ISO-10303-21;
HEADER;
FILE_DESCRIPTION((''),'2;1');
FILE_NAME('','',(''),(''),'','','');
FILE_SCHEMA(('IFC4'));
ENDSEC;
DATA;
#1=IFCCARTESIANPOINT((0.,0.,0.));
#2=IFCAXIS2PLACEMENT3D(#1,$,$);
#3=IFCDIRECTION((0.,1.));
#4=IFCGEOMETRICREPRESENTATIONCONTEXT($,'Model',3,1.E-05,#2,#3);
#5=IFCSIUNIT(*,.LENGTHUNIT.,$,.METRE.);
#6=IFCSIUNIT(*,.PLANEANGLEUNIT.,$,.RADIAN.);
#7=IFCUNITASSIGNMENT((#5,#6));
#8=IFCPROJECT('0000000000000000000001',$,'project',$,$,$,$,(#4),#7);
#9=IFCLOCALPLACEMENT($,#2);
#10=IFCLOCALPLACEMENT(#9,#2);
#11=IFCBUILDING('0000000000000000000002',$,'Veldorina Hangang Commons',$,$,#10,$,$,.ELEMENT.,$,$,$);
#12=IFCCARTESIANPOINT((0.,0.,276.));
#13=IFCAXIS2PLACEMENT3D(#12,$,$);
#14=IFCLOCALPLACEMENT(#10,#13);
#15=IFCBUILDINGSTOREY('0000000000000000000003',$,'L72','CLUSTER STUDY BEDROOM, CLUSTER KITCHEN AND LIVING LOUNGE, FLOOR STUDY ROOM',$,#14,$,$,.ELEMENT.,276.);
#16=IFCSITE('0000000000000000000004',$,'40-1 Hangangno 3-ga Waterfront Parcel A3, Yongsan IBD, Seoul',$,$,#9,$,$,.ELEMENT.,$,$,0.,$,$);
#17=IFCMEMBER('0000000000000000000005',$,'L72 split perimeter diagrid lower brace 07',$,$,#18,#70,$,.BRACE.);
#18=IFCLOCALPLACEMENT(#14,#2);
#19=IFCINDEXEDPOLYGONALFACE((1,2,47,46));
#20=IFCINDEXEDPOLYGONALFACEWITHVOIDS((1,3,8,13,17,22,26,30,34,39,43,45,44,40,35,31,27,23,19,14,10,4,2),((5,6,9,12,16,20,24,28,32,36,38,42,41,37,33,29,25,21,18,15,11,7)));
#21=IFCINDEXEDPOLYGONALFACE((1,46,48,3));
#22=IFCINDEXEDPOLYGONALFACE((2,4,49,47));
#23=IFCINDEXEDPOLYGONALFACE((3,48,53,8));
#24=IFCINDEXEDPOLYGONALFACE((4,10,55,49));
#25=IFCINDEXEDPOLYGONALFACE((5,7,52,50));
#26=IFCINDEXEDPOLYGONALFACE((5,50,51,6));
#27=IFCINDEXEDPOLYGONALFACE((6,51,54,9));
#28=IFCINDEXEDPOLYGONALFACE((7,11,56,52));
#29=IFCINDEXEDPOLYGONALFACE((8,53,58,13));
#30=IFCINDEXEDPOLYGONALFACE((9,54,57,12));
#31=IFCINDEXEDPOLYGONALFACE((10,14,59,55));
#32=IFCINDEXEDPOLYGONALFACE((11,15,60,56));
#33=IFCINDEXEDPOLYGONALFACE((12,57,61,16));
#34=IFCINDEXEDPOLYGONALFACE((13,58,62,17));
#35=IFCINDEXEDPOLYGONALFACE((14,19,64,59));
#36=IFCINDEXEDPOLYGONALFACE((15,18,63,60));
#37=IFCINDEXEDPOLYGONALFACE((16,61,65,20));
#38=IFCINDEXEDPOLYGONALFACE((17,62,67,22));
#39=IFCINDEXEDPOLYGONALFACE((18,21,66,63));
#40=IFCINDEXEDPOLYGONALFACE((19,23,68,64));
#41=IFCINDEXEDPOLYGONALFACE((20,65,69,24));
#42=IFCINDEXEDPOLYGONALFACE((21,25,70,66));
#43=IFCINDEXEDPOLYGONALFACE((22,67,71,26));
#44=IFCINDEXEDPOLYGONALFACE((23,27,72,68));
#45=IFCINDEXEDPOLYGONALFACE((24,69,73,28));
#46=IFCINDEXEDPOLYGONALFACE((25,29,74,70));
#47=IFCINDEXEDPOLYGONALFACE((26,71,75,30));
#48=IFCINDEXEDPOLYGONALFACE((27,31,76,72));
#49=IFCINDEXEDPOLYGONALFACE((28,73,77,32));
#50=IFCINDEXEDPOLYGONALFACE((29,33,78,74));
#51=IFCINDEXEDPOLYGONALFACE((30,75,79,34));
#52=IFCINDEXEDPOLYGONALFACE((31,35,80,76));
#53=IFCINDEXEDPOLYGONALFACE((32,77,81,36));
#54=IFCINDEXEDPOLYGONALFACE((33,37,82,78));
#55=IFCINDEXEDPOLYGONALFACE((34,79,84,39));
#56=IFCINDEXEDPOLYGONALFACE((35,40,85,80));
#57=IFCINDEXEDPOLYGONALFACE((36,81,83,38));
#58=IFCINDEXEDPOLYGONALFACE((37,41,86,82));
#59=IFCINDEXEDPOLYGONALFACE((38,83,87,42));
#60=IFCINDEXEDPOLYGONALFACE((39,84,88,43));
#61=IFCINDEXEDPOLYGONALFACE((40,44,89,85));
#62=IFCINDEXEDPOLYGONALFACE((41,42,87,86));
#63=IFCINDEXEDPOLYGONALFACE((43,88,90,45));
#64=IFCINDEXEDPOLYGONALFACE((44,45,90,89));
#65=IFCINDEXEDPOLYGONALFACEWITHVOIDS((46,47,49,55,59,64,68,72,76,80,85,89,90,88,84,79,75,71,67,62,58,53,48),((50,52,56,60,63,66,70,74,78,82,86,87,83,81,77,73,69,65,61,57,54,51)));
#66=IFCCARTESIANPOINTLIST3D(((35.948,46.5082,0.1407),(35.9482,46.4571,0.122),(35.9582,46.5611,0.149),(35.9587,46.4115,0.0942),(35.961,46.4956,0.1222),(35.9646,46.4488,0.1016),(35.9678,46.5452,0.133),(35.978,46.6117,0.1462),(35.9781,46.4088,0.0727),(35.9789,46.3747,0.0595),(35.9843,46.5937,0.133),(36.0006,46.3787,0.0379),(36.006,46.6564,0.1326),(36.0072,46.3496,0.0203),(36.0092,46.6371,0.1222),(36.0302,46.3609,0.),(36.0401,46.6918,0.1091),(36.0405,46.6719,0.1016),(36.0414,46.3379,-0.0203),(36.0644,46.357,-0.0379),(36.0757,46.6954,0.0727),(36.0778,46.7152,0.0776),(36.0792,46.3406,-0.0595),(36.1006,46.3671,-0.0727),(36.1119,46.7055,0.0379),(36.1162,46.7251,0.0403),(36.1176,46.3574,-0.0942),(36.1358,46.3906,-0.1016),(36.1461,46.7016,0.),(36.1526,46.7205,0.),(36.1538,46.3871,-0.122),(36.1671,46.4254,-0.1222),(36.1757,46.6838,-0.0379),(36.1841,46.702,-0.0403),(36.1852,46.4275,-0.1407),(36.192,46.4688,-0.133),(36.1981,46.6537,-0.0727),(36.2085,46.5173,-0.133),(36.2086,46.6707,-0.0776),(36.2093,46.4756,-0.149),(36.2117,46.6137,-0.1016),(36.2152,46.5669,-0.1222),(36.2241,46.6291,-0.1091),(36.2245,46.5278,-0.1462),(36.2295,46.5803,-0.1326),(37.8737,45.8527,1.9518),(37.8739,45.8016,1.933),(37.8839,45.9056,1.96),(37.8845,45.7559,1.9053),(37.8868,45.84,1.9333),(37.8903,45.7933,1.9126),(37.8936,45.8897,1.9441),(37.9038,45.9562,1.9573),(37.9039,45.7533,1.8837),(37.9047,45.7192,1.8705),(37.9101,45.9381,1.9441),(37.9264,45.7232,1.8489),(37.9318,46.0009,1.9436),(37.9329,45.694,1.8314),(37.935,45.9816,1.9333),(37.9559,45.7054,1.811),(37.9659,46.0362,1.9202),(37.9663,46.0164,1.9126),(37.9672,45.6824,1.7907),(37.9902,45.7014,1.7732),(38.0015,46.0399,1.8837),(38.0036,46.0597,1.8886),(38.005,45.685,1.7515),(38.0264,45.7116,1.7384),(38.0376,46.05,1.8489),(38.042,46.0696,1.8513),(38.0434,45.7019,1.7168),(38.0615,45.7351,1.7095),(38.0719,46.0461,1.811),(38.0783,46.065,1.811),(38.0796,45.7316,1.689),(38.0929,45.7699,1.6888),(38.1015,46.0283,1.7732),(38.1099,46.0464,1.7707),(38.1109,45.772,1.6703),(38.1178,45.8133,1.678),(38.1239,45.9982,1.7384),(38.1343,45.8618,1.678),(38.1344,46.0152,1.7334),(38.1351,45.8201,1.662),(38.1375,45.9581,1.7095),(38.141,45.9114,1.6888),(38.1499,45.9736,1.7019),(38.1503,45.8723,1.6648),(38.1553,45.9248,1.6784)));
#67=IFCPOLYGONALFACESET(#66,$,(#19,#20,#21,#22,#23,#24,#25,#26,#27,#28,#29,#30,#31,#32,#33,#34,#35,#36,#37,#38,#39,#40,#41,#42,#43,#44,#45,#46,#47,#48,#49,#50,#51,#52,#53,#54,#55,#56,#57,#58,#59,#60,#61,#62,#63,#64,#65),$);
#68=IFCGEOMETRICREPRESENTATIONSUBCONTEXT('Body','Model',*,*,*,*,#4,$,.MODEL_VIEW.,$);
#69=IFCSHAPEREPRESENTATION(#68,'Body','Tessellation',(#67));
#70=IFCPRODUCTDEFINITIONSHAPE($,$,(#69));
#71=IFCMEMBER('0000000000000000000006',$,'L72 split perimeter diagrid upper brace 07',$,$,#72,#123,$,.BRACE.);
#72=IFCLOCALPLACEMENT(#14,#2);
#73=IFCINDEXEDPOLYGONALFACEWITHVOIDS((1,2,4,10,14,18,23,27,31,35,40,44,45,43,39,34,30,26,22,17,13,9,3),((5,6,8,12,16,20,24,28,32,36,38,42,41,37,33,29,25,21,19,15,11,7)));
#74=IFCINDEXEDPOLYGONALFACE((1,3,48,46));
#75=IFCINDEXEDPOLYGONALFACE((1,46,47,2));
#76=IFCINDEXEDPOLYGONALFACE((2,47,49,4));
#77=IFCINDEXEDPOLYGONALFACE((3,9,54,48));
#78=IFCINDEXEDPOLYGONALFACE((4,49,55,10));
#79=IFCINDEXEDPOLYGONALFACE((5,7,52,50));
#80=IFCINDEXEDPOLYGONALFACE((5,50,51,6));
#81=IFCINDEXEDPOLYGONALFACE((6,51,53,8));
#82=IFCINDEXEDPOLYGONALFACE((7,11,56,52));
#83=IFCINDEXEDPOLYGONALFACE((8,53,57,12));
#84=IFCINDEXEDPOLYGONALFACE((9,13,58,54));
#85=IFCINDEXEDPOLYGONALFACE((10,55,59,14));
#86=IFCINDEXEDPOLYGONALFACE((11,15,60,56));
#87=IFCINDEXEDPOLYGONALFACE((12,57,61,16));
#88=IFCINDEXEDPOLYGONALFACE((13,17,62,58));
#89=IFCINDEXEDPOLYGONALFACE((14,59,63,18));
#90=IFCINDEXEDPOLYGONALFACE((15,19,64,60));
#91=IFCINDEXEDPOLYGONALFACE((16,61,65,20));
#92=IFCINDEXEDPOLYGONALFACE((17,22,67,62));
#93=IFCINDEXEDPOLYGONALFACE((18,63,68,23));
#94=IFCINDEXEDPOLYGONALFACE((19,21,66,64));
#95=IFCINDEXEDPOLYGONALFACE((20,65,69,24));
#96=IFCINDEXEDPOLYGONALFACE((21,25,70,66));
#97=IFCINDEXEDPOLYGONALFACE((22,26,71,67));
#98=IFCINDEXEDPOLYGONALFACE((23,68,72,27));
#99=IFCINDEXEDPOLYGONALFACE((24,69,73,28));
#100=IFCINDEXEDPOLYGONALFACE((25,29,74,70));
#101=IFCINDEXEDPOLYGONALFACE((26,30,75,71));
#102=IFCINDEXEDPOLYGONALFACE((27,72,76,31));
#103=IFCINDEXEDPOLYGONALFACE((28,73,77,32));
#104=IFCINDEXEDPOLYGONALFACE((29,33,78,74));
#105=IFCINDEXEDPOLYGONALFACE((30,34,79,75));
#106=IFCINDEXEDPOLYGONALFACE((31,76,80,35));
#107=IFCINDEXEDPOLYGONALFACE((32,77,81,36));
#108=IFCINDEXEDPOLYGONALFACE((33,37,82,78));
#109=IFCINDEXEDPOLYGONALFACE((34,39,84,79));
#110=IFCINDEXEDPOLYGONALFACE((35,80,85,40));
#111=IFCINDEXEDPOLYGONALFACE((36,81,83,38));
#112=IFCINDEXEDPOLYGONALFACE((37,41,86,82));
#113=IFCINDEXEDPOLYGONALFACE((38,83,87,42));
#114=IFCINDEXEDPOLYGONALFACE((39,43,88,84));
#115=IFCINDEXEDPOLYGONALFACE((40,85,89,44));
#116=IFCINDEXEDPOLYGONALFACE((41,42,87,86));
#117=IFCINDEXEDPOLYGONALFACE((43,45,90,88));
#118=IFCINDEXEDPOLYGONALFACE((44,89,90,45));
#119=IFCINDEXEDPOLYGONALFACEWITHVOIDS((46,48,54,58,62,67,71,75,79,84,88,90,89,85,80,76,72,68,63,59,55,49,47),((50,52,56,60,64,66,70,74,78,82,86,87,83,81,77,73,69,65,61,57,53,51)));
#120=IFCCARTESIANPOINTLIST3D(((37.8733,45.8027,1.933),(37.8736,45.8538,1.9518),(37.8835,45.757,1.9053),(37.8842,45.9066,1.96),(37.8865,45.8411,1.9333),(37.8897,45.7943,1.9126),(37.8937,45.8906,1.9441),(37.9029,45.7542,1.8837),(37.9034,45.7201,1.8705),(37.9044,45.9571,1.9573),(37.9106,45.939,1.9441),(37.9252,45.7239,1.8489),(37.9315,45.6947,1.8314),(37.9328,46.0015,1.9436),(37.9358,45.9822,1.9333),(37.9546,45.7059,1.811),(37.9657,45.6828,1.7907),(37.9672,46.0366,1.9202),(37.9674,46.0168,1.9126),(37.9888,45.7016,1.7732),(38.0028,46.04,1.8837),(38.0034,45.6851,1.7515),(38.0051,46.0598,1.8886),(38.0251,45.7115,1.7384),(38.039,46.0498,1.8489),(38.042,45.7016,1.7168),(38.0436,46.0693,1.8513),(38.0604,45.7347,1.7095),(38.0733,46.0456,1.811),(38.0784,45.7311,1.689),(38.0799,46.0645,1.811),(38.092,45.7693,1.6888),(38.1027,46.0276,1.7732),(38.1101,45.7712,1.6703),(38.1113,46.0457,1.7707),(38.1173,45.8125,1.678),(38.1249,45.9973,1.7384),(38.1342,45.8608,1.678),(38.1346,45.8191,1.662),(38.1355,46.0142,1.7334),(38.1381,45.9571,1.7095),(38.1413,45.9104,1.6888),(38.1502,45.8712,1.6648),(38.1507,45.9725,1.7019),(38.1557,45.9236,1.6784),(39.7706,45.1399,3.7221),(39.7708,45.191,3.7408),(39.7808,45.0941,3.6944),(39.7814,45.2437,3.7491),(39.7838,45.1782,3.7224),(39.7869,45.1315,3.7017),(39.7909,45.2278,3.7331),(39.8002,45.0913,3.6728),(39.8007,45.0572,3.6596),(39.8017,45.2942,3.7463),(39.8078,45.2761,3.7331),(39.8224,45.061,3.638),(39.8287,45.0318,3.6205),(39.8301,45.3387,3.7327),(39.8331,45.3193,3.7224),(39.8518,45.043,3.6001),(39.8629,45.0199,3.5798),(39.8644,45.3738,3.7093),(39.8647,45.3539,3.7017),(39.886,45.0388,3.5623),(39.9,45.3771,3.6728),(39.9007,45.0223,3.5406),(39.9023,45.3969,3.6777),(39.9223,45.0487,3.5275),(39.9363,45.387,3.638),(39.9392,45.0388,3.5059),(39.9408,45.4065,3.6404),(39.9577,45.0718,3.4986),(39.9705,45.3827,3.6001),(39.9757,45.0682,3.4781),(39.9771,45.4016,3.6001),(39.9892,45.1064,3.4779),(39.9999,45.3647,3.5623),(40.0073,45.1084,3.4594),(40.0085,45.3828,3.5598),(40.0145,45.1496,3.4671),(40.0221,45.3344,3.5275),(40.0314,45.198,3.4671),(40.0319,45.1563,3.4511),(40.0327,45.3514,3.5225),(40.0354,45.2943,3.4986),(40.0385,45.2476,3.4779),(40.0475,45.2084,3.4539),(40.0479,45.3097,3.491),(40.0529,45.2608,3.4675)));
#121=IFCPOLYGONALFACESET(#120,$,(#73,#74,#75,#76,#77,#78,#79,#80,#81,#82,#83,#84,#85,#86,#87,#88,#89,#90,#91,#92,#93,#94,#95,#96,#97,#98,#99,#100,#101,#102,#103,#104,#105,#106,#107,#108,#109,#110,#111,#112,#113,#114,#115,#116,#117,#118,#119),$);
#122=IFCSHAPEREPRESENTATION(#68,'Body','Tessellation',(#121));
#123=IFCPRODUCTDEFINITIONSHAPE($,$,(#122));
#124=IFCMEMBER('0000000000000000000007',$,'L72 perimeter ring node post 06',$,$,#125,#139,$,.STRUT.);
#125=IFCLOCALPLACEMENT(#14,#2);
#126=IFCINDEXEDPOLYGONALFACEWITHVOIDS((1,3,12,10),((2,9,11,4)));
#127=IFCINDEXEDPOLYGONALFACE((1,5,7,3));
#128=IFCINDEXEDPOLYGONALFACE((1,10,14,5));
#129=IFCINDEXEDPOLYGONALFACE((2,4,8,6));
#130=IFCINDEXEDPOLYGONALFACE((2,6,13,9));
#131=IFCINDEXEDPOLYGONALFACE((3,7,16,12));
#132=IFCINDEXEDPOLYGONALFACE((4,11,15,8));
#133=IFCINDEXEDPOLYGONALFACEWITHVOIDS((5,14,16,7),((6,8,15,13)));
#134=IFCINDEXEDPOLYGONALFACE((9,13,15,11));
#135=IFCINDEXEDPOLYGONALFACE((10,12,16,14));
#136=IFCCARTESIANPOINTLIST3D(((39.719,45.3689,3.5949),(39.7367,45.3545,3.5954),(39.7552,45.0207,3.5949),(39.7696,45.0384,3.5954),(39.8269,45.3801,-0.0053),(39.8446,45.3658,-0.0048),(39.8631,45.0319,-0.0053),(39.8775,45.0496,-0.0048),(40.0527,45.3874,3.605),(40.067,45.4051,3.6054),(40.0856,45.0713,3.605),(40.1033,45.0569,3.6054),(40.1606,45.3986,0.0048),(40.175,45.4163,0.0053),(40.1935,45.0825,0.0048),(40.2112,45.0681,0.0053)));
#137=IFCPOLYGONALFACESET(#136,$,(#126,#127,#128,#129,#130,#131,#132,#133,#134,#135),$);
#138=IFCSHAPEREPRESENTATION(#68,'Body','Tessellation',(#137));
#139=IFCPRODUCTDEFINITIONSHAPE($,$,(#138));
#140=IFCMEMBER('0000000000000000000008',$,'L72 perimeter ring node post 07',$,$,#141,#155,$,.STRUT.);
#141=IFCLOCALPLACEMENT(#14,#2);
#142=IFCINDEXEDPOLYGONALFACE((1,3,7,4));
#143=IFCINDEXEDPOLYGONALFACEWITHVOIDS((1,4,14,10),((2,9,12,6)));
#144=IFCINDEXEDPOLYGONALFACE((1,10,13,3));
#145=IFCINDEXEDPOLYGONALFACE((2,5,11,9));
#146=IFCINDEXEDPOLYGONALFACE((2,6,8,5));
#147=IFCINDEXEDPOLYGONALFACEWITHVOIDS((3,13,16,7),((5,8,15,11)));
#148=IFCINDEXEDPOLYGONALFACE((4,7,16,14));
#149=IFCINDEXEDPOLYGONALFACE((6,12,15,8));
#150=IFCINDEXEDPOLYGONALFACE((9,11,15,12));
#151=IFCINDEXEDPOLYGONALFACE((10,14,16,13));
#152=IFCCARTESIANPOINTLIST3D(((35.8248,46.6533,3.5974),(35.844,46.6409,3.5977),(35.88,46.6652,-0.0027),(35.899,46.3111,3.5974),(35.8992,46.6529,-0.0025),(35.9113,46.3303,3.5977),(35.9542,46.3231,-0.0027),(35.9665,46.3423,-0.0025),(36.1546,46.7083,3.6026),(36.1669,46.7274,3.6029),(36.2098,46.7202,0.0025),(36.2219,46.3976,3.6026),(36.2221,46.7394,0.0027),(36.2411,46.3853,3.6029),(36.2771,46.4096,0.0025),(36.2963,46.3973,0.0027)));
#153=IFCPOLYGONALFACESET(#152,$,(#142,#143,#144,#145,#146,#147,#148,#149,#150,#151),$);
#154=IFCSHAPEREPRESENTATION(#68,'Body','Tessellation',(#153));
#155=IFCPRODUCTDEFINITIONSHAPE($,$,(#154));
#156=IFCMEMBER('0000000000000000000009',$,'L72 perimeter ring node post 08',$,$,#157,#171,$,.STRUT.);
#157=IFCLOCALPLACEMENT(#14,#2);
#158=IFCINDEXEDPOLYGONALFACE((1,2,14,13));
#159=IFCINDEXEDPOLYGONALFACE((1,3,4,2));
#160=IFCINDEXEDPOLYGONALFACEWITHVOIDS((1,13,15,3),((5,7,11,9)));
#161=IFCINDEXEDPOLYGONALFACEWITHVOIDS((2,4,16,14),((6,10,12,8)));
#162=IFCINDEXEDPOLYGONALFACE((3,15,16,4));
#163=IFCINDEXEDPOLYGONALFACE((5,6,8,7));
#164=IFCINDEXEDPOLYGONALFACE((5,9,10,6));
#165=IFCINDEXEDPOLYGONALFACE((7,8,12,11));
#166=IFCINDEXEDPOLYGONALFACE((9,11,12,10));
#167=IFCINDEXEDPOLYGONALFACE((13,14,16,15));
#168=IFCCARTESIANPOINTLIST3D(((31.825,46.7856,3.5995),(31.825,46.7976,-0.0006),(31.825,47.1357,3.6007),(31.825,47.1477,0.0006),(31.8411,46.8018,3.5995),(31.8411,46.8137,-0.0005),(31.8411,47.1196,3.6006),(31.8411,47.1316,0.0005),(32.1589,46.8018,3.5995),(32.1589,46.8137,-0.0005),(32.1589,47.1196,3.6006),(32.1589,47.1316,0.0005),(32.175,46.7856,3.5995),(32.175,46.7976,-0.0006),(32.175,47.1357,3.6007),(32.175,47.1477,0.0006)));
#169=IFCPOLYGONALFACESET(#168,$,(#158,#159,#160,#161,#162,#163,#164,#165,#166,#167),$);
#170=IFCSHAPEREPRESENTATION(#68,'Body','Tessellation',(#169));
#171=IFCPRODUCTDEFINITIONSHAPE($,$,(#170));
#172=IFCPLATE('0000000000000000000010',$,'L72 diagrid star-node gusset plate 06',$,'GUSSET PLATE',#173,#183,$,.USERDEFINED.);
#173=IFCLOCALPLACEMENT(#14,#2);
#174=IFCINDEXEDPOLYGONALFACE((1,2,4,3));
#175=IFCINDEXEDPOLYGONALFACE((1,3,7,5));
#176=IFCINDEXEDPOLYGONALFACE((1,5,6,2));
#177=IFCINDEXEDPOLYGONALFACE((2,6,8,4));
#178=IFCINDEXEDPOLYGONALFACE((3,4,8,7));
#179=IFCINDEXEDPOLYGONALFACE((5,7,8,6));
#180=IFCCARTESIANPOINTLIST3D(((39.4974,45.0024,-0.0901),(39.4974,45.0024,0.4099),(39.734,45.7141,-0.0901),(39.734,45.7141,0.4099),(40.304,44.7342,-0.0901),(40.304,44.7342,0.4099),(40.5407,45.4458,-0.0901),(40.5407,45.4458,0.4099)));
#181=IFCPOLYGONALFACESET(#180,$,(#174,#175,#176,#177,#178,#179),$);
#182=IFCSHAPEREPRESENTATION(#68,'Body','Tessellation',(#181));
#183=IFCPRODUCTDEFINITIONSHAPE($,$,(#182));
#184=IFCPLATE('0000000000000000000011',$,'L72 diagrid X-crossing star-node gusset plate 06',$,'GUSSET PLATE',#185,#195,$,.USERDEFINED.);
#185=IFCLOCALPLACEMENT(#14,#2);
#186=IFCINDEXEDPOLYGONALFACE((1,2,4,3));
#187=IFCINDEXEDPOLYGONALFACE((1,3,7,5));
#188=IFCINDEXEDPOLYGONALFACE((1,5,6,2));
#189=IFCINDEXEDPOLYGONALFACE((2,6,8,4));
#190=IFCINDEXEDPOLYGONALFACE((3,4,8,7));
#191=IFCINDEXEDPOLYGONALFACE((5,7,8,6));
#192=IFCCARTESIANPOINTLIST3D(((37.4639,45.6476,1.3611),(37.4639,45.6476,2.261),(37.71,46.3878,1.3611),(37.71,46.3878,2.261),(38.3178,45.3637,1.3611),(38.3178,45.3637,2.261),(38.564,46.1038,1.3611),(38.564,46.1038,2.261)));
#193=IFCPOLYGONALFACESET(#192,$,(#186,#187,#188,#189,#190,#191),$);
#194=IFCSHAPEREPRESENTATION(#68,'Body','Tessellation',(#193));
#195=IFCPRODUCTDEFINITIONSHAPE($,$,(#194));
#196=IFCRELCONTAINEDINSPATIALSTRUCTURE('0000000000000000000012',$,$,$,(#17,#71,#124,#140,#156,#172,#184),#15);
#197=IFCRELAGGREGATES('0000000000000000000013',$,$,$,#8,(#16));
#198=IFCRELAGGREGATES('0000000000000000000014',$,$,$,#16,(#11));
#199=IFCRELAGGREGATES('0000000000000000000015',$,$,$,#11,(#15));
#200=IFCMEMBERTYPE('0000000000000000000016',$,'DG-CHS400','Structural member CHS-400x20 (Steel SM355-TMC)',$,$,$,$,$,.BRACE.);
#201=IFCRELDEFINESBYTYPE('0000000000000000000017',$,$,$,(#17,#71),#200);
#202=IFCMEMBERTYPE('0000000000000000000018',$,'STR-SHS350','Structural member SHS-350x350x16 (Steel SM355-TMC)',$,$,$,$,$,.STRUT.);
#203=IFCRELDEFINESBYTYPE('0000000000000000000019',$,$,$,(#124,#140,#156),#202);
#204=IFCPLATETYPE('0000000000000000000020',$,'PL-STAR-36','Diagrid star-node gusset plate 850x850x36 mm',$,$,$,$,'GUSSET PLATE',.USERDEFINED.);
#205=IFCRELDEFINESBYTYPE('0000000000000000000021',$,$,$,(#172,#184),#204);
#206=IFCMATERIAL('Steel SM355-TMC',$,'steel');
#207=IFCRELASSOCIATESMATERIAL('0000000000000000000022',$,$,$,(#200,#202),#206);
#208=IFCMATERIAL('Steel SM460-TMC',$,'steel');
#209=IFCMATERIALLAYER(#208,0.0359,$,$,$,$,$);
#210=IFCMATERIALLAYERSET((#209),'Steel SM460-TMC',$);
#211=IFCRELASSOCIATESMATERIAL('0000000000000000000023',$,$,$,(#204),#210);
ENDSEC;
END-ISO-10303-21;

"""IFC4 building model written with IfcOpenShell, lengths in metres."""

from ifc_helpers import new_model, si_unit, direction, frame, origin, origin_2d, place, context, subcontext, project, spatial, rectangle, hollow_rectangle, hollow_circle, extrude, material, layer, layer_set, material_profile, profile_set, type_object, element, save


model = new_model("IFC4")

# Units and contexts
model_context = context("Model", 3, precision=1e-05, world=origin(), true_north=direction((0.0, 1.0)))
body_context = subcontext(model_context, "Body", "Model", "MODEL_VIEW")
ifc_project = project(units=[si_unit("LENGTHUNIT", "METRE"), si_unit("PLANEANGLEUNIT", "RADIAN")], contexts=[model_context])

# Site, building, storey
site_placement = place(None, origin())
site = spatial("IfcSite", under=ifc_project, at=site_placement, Name="40-1 Hangangno 3-ga Waterfront Parcel A3, Yongsan IBD, Seoul", CompositionType="ELEMENT", RefElevation=0.0)
building_placement = place(site_placement, origin())
building = spatial("IfcBuilding", under=site, at=building_placement, Name="Veldorina Hangang Commons", CompositionType="ELEMENT")
storey_placement = place(building_placement, frame((0.0, 0.0, 276.0)))
storey = spatial("IfcBuildingStorey", under=building, at=storey_placement, Name="L72", Description="CLUSTER STUDY BEDROOM, CLUSTER KITCHEN AND LIVING LOUNGE, FLOOR STUDY ROOM", CompositionType="ELEMENT", Elevation=276.0)

# Shared definitions
ifc_material_1 = material(Name="Steel SM355-TMC", Category="steel")

# Members
ifc_material_profile_1 = material_profile(ifc_material_1, hollow_circle(Radius=0.2, WallThickness=0.02, at=origin_2d()), Name="CHS-400x20")
ifc_profile_set_1 = profile_set([ifc_material_profile_1], Name="Steel SM355-TMC")
member_type_1 = type_object("IfcMemberType", Name="DG-CHS400", Description="Structural member CHS-400x20 (Steel SM355-TMC)", PredefinedType="BRACE", material=ifc_profile_set_1)
member_1_placement = place(storey_placement, frame((36.0881, 46.5312, 0.0), z_axis=(0.707063, -0.240678, 0.664933), x_axis=(0.322234, 0.94666, 0.0)))
element("IfcMember", 1, at=member_1_placement, inside=storey, type_object=member_type_1, Name="L72 split perimeter diagrid lower brace 07", PredefinedType="BRACE", context=body_context, shape_type="SweptSolid", body=[
    extrude(hollow_circle(Radius=0.2, WallThickness=0.02, at=origin_2d()), origin(), (0.0, 0.0, 1.0), 2.7236),
])
member_2_placement = place(storey_placement, frame((38.0139, 45.8757, 1.811), z_axis=(0.705118, -0.246351, 0.664921), x_axis=(0.329825, 0.944042, 0.0)))
element("IfcMember", 2, at=member_2_placement, inside=storey, type_object=member_type_1, Name="L72 split perimeter diagrid upper brace 07", PredefinedType="BRACE", context=body_context, shape_type="SweptSolid", body=[
    extrude(hollow_circle(Radius=0.2, WallThickness=0.02, at=origin_2d()), origin(), (0.0, 0.0, 1.0), 2.6907),
])
ifc_material_profile_2 = material_profile(ifc_material_1, hollow_rectangle(XDim=0.3501, YDim=0.3501, WallThickness=0.0161, at=origin_2d()), Name="SHS-350x350x16")
ifc_profile_set_2 = profile_set([ifc_material_profile_2], Name="Steel SM355-TMC")
member_type_2 = type_object("IfcMemberType", Name="STR-SHS350", Description="Structural member SHS-350x350x16 (Steel SM355-TMC)", PredefinedType="STRUT", material=ifc_profile_set_2)
member_3_placement = place(storey_placement, frame((40.019, 45.2241, 0.0), z_axis=(-0.029961, -0.003118, 0.999546), x_axis=(0.103513, -0.994628, 0.0)))
element("IfcMember", 3, at=member_3_placement, inside=storey, type_object=member_type_2, Name="L72 perimeter ring node post 06", PredefinedType="STRUT", context=body_context, shape_type="SweptSolid", body=[
    extrude(hollow_rectangle(XDim=0.3501, YDim=0.3501, WallThickness=0.0161, at=origin_2d()), origin(), (0.0, 0.0, 1.0), 3.6018),
])
member_4_placement = place(storey_placement, frame((36.0881, 46.5312, 0.0), z_axis=(-0.015324, -0.003323, 0.999877), x_axis=(0.211891, -0.977293, 0.0)))
element("IfcMember", 4, at=member_4_placement, inside=storey, type_object=member_type_2, Name="L72 perimeter ring node post 07", PredefinedType="STRUT", context=body_context, shape_type="SweptSolid", body=[
    extrude(hollow_rectangle(XDim=0.3501, YDim=0.3501, WallThickness=0.0161, at=origin_2d()), origin(), (0.0, 0.0, 1.0), 3.6006),
])
member_5_placement = place(storey_placement, frame((32.0, 46.9727, 0.0), z_axis=(0.0, -0.003323, 0.999994), x_axis=(1.0, 0.0, 0.0)))
element("IfcMember", 5, at=member_5_placement, inside=storey, type_object=member_type_2, Name="L72 perimeter ring node post 08", PredefinedType="STRUT", context=body_context, shape_type="SweptSolid", body=[
    extrude(hollow_rectangle(XDim=0.3501, YDim=0.3501, WallThickness=0.0161, at=origin_2d()), origin(), (0.0, 0.0, 1.0), 3.6001),
])

# Plates
ifc_material_2 = material(Name="Steel SM460-TMC", Category="steel")
ifc_layer_1 = layer(ifc_material_2, 0.0359)
ifc_layer_set_1 = layer_set([ifc_layer_1], Name="Steel SM460-TMC")
plate_type = type_object("IfcPlateType", Name="PL-STAR-36", Description="Diagrid star-node gusset plate 850x850x36 mm", ElementType="GUSSET PLATE", PredefinedType="USERDEFINED", material=ifc_layer_set_1)
plate_1_placement = place(storey_placement, frame((40.019, 45.2241, -0.0901), z_axis=(0.0, 0.0, 1.0), x_axis=(-0.948904, 0.315566, 0.0)))
element("IfcPlate", 6, at=plate_1_placement, inside=storey, type_object=plate_type, Name="L72 diagrid star-node gusset plate 06", ObjectType="GUSSET PLATE", PredefinedType="USERDEFINED", context=body_context, shape_type="SweptSolid", body=[
    extrude(rectangle(XDim=0.8501, YDim=0.75, at=origin_2d()), origin(), (0.0, 0.0, 1.0), 0.5),
])
plate_2_placement = place(storey_placement, frame((38.0139, 45.8757, 1.3611), z_axis=(0.0, 0.0, 1.0), x_axis=(-0.948904, 0.315566, 0.0)))
element("IfcPlate", 7, at=plate_2_placement, inside=storey, type_object=plate_type, Name="L72 diagrid X-crossing star-node gusset plate 06", ObjectType="GUSSET PLATE", PredefinedType="USERDEFINED", context=body_context, shape_type="SweptSolid", body=[
    extrude(rectangle(XDim=0.8999, YDim=0.78, at=origin_2d()), origin(), (0.0, 0.0, 1.0), 0.8999),
])

save(model, "model.ifc")
